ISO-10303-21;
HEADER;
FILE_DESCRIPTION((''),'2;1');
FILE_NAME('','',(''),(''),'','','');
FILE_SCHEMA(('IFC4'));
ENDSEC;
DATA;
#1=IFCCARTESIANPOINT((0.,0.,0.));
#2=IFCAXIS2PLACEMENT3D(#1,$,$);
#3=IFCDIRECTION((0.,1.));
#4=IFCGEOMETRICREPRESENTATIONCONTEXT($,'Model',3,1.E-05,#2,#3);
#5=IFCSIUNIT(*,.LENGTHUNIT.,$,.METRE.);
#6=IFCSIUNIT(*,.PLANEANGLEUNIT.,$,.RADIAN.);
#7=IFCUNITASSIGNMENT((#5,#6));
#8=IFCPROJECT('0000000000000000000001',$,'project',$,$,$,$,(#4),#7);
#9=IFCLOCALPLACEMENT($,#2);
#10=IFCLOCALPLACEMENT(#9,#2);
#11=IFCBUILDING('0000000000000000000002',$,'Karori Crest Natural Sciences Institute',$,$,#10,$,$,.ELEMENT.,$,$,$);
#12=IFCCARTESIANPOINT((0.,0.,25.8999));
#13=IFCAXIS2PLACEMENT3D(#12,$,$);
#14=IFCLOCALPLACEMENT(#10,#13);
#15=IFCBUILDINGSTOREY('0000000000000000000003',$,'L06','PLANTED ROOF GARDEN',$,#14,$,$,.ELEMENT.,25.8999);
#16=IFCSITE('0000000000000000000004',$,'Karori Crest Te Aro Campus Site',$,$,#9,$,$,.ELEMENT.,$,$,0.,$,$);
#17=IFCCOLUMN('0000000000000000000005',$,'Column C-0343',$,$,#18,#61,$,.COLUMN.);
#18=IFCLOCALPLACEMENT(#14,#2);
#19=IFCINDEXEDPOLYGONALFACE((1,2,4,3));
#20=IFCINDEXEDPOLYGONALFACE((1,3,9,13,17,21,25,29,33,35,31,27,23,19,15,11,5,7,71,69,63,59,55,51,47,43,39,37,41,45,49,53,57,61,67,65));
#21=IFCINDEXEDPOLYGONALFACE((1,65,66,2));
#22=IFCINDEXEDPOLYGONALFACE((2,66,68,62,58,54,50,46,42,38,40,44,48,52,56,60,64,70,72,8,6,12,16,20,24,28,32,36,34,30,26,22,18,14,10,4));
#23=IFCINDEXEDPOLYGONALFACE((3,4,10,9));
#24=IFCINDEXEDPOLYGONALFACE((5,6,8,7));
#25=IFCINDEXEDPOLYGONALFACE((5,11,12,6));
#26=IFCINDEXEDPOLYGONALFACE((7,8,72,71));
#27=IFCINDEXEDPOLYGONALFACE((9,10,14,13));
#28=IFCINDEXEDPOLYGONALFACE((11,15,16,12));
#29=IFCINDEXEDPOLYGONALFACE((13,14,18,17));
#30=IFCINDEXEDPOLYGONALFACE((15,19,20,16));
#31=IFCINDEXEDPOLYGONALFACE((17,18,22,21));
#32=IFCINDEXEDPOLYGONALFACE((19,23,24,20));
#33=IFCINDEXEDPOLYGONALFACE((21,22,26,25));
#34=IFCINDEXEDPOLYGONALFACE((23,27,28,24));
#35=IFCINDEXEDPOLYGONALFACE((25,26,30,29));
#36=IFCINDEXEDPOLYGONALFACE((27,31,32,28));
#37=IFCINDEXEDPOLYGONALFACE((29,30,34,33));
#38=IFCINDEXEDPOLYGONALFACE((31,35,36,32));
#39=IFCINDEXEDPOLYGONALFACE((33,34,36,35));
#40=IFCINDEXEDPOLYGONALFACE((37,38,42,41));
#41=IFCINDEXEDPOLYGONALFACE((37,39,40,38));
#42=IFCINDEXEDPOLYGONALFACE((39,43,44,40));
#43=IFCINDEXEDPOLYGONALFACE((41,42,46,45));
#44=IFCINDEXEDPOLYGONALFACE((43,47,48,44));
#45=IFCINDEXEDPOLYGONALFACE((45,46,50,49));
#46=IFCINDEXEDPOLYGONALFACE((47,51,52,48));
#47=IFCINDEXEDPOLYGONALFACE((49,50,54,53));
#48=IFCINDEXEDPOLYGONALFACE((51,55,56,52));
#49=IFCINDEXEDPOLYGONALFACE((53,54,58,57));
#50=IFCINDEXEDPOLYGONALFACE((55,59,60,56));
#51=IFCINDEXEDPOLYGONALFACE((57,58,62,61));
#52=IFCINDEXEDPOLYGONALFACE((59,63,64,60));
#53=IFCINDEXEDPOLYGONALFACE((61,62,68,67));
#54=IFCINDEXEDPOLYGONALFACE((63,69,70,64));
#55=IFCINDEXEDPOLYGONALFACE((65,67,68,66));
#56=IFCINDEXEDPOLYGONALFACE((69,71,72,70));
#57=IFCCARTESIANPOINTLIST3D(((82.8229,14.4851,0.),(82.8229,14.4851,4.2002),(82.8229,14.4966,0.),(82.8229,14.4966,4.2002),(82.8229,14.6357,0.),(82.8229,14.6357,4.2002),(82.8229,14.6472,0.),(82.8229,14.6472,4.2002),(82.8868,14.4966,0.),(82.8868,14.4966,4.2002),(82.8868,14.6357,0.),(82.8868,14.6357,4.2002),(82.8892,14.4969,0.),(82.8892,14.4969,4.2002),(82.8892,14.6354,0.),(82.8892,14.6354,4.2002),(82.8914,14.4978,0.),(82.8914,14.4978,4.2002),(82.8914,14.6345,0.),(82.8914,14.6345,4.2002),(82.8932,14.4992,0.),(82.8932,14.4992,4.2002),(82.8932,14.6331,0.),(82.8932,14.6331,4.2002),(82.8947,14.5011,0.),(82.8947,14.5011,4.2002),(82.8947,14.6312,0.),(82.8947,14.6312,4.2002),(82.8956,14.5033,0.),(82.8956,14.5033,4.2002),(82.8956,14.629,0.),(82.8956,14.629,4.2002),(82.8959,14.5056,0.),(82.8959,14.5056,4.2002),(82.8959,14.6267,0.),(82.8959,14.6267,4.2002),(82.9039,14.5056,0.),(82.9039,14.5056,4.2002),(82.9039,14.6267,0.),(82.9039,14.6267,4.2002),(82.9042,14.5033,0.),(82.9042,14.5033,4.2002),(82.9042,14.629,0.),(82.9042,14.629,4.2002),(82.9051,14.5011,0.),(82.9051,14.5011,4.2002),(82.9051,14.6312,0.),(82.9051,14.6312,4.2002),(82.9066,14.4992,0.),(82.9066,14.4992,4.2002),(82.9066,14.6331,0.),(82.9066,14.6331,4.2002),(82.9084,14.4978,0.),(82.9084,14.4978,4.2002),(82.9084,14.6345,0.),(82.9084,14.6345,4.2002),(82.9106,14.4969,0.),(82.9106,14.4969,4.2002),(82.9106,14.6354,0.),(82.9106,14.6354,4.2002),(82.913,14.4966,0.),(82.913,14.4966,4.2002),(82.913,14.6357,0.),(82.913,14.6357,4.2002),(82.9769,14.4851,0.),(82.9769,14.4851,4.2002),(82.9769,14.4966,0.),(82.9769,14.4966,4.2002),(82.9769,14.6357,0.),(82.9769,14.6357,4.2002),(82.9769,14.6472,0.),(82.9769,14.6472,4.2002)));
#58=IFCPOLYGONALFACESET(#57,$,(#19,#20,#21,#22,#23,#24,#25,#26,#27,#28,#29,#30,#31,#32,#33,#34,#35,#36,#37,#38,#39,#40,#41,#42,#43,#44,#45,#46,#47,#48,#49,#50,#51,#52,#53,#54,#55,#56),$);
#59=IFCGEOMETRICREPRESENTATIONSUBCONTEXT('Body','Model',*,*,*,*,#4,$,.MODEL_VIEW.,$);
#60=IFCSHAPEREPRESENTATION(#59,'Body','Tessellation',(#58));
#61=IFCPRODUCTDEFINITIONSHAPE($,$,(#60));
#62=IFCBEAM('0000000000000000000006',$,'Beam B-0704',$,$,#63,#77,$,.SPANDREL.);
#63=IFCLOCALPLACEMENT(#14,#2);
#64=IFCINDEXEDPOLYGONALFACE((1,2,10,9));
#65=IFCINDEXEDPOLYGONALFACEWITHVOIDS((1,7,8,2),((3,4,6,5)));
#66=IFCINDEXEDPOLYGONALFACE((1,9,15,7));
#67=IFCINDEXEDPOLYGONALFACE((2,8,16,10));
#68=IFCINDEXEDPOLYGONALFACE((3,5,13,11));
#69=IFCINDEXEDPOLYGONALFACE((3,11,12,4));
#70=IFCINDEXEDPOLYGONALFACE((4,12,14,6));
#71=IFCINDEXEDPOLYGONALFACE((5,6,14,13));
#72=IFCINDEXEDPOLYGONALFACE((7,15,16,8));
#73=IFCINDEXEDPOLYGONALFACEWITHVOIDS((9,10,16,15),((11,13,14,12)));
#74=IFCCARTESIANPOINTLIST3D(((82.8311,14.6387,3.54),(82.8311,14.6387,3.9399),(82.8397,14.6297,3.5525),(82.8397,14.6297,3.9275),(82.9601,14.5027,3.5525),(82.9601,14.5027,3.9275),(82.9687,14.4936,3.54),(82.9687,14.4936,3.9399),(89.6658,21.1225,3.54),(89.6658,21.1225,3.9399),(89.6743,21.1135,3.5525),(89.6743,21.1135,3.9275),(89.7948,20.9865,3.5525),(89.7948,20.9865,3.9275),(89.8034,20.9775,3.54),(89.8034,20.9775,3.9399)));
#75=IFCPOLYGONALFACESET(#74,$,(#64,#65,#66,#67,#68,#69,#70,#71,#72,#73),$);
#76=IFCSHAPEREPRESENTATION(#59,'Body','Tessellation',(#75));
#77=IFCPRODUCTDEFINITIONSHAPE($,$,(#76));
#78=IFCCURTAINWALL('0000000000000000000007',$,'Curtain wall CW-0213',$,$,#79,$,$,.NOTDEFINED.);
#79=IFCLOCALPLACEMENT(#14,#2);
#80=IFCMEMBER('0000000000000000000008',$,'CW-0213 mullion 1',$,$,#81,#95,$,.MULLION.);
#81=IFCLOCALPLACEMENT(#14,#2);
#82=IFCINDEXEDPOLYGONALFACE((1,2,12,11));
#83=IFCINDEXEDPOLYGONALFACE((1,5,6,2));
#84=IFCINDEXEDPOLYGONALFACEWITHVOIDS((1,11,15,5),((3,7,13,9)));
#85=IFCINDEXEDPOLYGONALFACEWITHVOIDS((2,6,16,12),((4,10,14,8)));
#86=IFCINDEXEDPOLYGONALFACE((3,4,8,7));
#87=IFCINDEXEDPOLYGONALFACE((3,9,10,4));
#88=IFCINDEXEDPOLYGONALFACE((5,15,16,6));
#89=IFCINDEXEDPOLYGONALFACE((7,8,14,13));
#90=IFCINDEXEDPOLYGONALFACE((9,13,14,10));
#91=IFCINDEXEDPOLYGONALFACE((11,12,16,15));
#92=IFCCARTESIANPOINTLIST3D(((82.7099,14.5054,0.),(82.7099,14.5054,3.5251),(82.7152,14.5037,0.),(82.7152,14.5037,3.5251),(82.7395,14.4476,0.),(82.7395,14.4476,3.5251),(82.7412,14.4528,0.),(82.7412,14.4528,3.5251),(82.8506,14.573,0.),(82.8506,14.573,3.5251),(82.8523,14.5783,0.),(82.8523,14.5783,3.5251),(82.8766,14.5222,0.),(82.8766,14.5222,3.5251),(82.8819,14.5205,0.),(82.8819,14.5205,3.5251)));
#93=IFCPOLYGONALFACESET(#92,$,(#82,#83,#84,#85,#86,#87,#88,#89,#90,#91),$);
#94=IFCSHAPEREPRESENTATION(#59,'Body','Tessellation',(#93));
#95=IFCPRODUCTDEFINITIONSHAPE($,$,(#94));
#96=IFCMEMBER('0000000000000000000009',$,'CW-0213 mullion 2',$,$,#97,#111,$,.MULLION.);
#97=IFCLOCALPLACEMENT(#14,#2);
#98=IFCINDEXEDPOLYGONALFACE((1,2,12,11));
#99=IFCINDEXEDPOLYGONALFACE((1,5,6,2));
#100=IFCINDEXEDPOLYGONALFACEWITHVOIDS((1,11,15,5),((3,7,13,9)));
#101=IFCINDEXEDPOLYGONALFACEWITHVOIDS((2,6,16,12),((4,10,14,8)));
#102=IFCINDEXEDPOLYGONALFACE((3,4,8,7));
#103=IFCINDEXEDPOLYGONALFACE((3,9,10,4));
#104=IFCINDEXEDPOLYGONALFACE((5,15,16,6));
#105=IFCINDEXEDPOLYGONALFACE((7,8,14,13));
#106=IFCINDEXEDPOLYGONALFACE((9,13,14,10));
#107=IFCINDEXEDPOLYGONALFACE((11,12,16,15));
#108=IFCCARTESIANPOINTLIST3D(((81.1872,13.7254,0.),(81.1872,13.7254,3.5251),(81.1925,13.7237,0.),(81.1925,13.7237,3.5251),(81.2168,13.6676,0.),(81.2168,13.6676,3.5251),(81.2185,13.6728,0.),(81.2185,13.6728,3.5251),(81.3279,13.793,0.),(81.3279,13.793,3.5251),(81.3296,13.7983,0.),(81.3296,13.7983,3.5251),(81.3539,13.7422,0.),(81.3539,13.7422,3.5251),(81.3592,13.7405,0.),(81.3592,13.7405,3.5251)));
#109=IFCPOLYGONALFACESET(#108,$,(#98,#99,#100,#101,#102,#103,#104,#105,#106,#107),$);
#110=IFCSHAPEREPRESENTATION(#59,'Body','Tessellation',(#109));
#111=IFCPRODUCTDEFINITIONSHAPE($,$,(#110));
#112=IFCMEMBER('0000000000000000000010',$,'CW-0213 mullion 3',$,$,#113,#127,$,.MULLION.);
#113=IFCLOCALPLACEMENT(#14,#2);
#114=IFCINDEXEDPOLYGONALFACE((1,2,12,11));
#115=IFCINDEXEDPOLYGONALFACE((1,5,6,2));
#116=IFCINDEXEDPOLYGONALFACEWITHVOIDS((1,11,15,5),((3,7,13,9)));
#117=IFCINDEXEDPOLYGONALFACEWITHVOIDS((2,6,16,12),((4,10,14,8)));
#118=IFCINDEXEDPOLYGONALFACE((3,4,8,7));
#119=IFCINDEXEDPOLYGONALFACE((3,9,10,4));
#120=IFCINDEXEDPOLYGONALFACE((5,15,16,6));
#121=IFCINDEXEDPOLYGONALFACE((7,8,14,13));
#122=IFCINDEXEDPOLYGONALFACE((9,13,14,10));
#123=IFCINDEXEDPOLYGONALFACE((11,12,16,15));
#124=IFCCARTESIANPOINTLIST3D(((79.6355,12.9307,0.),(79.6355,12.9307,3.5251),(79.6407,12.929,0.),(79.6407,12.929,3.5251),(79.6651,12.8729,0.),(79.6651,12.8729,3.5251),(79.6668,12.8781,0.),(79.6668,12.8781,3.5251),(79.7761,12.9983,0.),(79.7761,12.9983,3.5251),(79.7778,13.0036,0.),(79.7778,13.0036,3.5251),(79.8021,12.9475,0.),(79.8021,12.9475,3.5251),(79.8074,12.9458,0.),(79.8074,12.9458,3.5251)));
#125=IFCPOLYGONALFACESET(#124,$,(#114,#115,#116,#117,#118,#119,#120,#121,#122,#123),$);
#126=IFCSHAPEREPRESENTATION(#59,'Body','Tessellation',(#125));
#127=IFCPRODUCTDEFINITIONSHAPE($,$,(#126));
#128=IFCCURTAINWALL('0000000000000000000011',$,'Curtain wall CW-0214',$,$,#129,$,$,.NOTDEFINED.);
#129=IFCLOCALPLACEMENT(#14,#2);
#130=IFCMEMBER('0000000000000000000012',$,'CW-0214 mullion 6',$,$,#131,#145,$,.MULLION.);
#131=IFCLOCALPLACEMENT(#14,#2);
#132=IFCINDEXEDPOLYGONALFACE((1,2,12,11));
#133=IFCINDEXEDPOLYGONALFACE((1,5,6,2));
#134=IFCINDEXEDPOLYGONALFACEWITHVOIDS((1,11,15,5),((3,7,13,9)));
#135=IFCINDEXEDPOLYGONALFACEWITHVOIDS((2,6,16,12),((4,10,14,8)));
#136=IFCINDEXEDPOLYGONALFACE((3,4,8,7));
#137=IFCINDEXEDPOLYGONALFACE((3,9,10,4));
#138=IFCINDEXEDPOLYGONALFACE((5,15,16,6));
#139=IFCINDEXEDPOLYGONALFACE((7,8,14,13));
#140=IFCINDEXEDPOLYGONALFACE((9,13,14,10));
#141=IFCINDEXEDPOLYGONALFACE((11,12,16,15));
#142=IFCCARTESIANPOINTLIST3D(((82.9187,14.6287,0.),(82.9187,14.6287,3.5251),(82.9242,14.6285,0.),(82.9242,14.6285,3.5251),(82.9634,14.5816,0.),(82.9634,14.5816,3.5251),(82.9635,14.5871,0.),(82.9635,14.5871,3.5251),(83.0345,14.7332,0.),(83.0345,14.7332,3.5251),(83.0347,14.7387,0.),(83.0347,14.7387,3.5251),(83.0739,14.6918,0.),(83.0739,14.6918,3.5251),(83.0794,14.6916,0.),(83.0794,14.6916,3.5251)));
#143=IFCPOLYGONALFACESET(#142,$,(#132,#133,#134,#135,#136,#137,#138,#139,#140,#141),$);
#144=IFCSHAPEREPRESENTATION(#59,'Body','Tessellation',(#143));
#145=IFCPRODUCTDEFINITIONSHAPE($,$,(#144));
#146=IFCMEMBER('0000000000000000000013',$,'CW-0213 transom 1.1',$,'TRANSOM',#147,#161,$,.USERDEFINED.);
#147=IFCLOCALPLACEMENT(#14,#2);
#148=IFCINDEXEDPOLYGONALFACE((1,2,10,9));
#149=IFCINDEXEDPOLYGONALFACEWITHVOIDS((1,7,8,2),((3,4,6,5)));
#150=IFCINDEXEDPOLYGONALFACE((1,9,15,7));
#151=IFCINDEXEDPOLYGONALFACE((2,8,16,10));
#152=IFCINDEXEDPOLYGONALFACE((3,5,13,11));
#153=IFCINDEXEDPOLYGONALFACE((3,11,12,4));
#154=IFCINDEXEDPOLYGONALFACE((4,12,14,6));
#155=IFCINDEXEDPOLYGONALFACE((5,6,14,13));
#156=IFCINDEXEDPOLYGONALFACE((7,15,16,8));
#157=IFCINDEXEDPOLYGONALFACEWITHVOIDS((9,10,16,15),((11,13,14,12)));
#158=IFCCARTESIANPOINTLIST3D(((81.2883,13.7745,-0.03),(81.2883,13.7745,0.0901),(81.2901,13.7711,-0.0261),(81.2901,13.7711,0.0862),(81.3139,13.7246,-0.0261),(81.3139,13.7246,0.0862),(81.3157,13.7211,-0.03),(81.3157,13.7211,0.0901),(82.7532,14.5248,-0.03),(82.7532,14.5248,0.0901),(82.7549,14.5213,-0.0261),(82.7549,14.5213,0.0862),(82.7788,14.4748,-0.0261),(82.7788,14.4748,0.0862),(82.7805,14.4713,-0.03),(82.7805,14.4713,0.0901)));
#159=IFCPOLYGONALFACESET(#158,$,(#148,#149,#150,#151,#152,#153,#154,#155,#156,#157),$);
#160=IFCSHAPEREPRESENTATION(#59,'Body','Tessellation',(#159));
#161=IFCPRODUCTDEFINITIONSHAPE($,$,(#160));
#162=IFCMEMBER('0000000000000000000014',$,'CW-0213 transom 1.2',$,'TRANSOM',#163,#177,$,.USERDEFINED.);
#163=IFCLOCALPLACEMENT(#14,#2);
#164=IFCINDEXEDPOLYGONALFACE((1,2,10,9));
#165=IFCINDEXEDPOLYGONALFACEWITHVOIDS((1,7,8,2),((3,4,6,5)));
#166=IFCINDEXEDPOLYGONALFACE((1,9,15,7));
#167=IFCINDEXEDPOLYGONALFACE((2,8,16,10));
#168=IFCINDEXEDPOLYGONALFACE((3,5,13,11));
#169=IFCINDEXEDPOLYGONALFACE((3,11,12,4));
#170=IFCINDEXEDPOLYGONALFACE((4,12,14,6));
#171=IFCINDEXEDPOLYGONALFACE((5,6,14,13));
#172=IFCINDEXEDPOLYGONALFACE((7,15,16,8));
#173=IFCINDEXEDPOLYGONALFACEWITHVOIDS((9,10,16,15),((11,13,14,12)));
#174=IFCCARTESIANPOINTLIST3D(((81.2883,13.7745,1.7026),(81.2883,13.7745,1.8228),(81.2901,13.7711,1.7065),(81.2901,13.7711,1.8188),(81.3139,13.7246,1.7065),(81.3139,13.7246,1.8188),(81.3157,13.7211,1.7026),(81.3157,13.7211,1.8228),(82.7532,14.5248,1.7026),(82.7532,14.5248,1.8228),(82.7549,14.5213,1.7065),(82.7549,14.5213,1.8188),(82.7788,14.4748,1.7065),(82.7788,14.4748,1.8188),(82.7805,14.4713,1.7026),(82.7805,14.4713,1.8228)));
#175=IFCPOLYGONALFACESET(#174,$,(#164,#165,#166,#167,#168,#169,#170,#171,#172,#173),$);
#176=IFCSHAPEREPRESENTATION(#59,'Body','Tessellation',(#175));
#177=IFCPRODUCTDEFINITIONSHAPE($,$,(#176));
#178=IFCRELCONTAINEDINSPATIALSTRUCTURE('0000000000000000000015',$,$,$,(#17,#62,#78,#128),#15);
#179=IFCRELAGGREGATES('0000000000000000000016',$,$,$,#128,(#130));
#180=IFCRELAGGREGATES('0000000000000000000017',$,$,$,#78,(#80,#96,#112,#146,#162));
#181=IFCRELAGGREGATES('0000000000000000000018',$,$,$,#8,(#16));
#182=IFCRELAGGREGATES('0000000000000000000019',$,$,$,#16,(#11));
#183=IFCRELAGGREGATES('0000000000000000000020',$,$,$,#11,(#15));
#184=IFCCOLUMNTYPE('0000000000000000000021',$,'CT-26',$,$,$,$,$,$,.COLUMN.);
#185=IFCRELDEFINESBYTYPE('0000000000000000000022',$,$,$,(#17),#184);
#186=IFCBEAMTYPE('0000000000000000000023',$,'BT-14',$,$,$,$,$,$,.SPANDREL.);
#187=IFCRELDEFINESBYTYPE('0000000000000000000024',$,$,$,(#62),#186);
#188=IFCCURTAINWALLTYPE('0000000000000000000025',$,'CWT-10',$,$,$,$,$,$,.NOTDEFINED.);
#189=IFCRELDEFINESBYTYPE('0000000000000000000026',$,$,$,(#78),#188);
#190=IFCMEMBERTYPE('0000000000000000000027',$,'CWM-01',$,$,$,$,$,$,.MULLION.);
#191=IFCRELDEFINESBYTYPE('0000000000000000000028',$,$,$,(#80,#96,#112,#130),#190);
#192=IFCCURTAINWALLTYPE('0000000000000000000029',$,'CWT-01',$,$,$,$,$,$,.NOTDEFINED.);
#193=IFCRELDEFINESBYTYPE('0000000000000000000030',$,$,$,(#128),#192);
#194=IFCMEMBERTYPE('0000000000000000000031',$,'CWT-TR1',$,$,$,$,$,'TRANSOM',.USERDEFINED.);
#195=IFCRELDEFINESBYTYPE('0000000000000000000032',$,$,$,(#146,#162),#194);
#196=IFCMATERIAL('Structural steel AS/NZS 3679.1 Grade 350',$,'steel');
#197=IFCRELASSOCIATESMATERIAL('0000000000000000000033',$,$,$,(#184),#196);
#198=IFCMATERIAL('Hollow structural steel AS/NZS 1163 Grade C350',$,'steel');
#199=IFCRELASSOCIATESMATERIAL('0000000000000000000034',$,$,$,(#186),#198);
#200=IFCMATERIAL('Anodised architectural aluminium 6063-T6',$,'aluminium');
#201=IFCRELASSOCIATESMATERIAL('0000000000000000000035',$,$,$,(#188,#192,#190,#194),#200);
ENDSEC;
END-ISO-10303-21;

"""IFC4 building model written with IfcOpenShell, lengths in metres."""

from ifc_helpers import new_model, si_unit, direction, frame, origin, origin_2d, place, context, subcontext, project, spatial, hollow_rectangle, i_section, extrude, material, material_profile, profile_set, type_object, element, aggregate, save


model = new_model("IFC4")

# Units and contexts
model_context = context("Model", 3, precision=1e-05, world=origin(), true_north=direction((0.0, 1.0)))
body_context = subcontext(model_context, "Body", "Model", "MODEL_VIEW")
ifc_project = project(units=[si_unit("LENGTHUNIT", "METRE"), si_unit("PLANEANGLEUNIT", "RADIAN")], contexts=[model_context])

# Site, building, storey
site_placement = place(None, origin())
site = spatial("IfcSite", under=ifc_project, at=site_placement, Name="Karori Crest Te Aro Campus Site", CompositionType="ELEMENT", RefElevation=0.0)
building_placement = place(site_placement, origin())
building = spatial("IfcBuilding", under=site, at=building_placement, Name="Karori Crest Natural Sciences Institute", CompositionType="ELEMENT")
storey_placement = place(building_placement, frame((0.0, 0.0, 25.8999)))
storey = spatial("IfcBuildingStorey", under=building, at=storey_placement, Name="L06", Description="PLANTED ROOF GARDEN", CompositionType="ELEMENT", Elevation=25.8999)

# Column
ifc_material_1 = material(Name="Structural steel AS/NZS 3679.1 Grade 350", Category="steel")
ifc_material_profile_1 = material_profile(ifc_material_1, i_section(OverallWidth=0.1541, OverallDepth=0.1621, WebThickness=0.0081, FlangeThickness=0.0115, FilletRadius=0.009, at=origin_2d()), Name="150UC37.2")
ifc_profile_set_1 = profile_set([ifc_material_profile_1], Name="Structural steel AS/NZS 3679.1 Grade 350")
column_type = type_object("IfcColumnType", Name="CT-26", PredefinedType="COLUMN", material=ifc_profile_set_1)
column_placement = place(storey_placement, frame((82.8999, 14.5662, 0.0), z_axis=(0.0, 0.0, 1.0), x_axis=(1.0, 0.0, 0.0)))
element("IfcColumn", 1, at=column_placement, inside=storey, type_object=column_type, Name="Column C-0343", PredefinedType="COLUMN", context=body_context, shape_type="SweptSolid", body=[
    extrude(i_section(OverallWidth=0.1541, OverallDepth=0.1621, WebThickness=0.0081, FlangeThickness=0.0115, FilletRadius=0.009, at=origin_2d()), origin(), (0.0, 0.0, 1.0), 4.2002),
])

# Beam
ifc_material_2 = material(Name="Hollow structural steel AS/NZS 1163 Grade C350", Category="steel")
ifc_material_profile_2 = material_profile(ifc_material_2, hollow_rectangle(XDim=0.2, YDim=0.3999, WallThickness=0.0125, at=origin_2d()), Name="RHS400x200x12.5")
ifc_profile_set_2 = profile_set([ifc_material_profile_2], Name="Hollow structural steel AS/NZS 1163 Grade C350")
beam_type = type_object("IfcBeamType", Name="BT-14", PredefinedType="SPANDREL", material=ifc_profile_set_2)
beam_placement = place(storey_placement, frame((82.8999, 14.5662, 3.74), z_axis=(0.725481, 0.688242, 0.0), x_axis=(-0.688242, 0.725481, 0.0)))
element("IfcBeam", 2, at=beam_placement, inside=storey, type_object=beam_type, Name="Beam B-0704", PredefinedType="SPANDREL", context=body_context, shape_type="SweptSolid", body=[
    extrude(hollow_rectangle(XDim=0.2, YDim=0.3999, WallThickness=0.0125, at=origin_2d()), origin(), (0.0, 0.0, 1.0), 9.4209),
])

# Curtain wall, members
ifc_material_3 = material(Name="Anodised architectural aluminium 6063-T6", Category="aluminium")
curtain_wall_type_1 = type_object("IfcCurtainWallType", Name="CWT-10", PredefinedType="NOTDEFINED", material=ifc_material_3)
curtain_wall_1_placement = place(storey_placement, origin())
curtain_wall_1 = element("IfcCurtainWall", 3, at=curtain_wall_1_placement, inside=storey, type_object=curtain_wall_type_1, Name="Curtain wall CW-0213", PredefinedType="NOTDEFINED")
ifc_material_profile_3 = material_profile(ifc_material_3, hollow_rectangle(XDim=0.0649, YDim=0.1599, WallThickness=0.0039, at=origin_2d()), Name="CWM160x65x4")
ifc_profile_set_3 = profile_set([ifc_material_profile_3], Name="Anodised architectural aluminium 6063-T6")
member_type_1 = type_object("IfcMemberType", Name="CWM-01", PredefinedType="MULLION", material=ifc_profile_set_3)
member_1_placement = place(storey_placement, frame((82.7959, 14.5129, 0.0), z_axis=(0.0, 0.0, 1.0), x_axis=(0.455829, -0.890067, 0.0)))
member_1 = element("IfcMember", 4, at=member_1_placement, type_object=member_type_1, Name="CW-0213 mullion 1", PredefinedType="MULLION", context=body_context, shape_type="SweptSolid", body=[
    extrude(hollow_rectangle(XDim=0.0649, YDim=0.1599, WallThickness=0.0039, at=origin_2d()), origin(), (0.0, 0.0, 1.0), 3.5251),
])
member_2_placement = place(storey_placement, frame((81.2732, 13.7329, 0.0), z_axis=(0.0, 0.0, 1.0), x_axis=(0.455829, -0.890067, 0.0)))
member_2 = element("IfcMember", 5, at=member_2_placement, type_object=member_type_1, Name="CW-0213 mullion 2", PredefinedType="MULLION", context=body_context, shape_type="SweptSolid", body=[
    extrude(hollow_rectangle(XDim=0.0649, YDim=0.1599, WallThickness=0.0039, at=origin_2d()), origin(), (0.0, 0.0, 1.0), 3.5251),
])
member_3_placement = place(storey_placement, frame((79.7214, 12.9382, 0.0), z_axis=(0.0, 0.0, 1.0), x_axis=(0.455829, -0.890067, 0.0)))
member_3 = element("IfcMember", 6, at=member_3_placement, type_object=member_type_1, Name="CW-0213 mullion 3", PredefinedType="MULLION", context=body_context, shape_type="SweptSolid", body=[
    extrude(hollow_rectangle(XDim=0.0649, YDim=0.1599, WallThickness=0.0039, at=origin_2d()), origin(), (0.0, 0.0, 1.0), 3.5251),
])

# Curtain wall, member
curtain_wall_type_2 = type_object("IfcCurtainWallType", Name="CWT-01", PredefinedType="NOTDEFINED", material=ifc_material_3)
curtain_wall_2_placement = place(storey_placement, origin())
curtain_wall_2 = element("IfcCurtainWall", 7, at=curtain_wall_2_placement, inside=storey, type_object=curtain_wall_type_2, Name="Curtain wall CW-0214", PredefinedType="NOTDEFINED")
member_4_placement = place(storey_placement, frame((82.999, 14.6602, 0.0), z_axis=(0.0, 0.0, 1.0), x_axis=(0.688251, -0.725473, 0.0)))
member_4 = element("IfcMember", 8, at=member_4_placement, type_object=member_type_1, Name="CW-0214 mullion 6", PredefinedType="MULLION", context=body_context, shape_type="SweptSolid", body=[
    extrude(hollow_rectangle(XDim=0.0649, YDim=0.1599, WallThickness=0.0039, at=origin_2d()), origin(), (0.0, 0.0, 1.0), 3.5251),
])
aggregate(curtain_wall_2, [member_4])

# Members
ifc_material_profile_4 = material_profile(ifc_material_3, hollow_rectangle(XDim=0.0601, YDim=0.1201, WallThickness=0.0039, at=origin_2d()), Name="CWT120x60x4")
ifc_profile_set_4 = profile_set([ifc_material_profile_4], Name="Anodised architectural aluminium 6063-T6")
member_type_2 = type_object("IfcMemberType", Name="CWT-TR1", ElementType="TRANSOM", PredefinedType="USERDEFINED", material=ifc_profile_set_4)
member_5_placement = place(storey_placement, frame((82.7668, 14.498, 0.03), z_axis=(-0.890054, -0.455856, 0.0), x_axis=(0.455856, -0.890054, 0.0)))
member_5 = element("IfcMember", 9, at=member_5_placement, type_object=member_type_2, Name="CW-0213 transom 1.1", ObjectType="TRANSOM", PredefinedType="USERDEFINED", context=body_context, shape_type="SweptSolid", body=[
    extrude(hollow_rectangle(XDim=0.0601, YDim=0.1201, WallThickness=0.0039, at=origin_2d()), origin(), (0.0, 0.0, 1.0), 1.6458),
])
member_6_placement = place(storey_placement, frame((82.7668, 14.498, 1.7627), z_axis=(-0.890054, -0.455856, 0.0), x_axis=(0.455856, -0.890054, 0.0)))
member_6 = element("IfcMember", 10, at=member_6_placement, type_object=member_type_2, Name="CW-0213 transom 1.2", ObjectType="TRANSOM", PredefinedType="USERDEFINED", context=body_context, shape_type="SweptSolid", body=[
    extrude(hollow_rectangle(XDim=0.0601, YDim=0.1201, WallThickness=0.0039, at=origin_2d()), origin(), (0.0, 0.0, 1.0), 1.6458),
])

aggregate(curtain_wall_1, [member_1, member_2, member_3, member_5, member_6])

save(model, "model.ifc")
